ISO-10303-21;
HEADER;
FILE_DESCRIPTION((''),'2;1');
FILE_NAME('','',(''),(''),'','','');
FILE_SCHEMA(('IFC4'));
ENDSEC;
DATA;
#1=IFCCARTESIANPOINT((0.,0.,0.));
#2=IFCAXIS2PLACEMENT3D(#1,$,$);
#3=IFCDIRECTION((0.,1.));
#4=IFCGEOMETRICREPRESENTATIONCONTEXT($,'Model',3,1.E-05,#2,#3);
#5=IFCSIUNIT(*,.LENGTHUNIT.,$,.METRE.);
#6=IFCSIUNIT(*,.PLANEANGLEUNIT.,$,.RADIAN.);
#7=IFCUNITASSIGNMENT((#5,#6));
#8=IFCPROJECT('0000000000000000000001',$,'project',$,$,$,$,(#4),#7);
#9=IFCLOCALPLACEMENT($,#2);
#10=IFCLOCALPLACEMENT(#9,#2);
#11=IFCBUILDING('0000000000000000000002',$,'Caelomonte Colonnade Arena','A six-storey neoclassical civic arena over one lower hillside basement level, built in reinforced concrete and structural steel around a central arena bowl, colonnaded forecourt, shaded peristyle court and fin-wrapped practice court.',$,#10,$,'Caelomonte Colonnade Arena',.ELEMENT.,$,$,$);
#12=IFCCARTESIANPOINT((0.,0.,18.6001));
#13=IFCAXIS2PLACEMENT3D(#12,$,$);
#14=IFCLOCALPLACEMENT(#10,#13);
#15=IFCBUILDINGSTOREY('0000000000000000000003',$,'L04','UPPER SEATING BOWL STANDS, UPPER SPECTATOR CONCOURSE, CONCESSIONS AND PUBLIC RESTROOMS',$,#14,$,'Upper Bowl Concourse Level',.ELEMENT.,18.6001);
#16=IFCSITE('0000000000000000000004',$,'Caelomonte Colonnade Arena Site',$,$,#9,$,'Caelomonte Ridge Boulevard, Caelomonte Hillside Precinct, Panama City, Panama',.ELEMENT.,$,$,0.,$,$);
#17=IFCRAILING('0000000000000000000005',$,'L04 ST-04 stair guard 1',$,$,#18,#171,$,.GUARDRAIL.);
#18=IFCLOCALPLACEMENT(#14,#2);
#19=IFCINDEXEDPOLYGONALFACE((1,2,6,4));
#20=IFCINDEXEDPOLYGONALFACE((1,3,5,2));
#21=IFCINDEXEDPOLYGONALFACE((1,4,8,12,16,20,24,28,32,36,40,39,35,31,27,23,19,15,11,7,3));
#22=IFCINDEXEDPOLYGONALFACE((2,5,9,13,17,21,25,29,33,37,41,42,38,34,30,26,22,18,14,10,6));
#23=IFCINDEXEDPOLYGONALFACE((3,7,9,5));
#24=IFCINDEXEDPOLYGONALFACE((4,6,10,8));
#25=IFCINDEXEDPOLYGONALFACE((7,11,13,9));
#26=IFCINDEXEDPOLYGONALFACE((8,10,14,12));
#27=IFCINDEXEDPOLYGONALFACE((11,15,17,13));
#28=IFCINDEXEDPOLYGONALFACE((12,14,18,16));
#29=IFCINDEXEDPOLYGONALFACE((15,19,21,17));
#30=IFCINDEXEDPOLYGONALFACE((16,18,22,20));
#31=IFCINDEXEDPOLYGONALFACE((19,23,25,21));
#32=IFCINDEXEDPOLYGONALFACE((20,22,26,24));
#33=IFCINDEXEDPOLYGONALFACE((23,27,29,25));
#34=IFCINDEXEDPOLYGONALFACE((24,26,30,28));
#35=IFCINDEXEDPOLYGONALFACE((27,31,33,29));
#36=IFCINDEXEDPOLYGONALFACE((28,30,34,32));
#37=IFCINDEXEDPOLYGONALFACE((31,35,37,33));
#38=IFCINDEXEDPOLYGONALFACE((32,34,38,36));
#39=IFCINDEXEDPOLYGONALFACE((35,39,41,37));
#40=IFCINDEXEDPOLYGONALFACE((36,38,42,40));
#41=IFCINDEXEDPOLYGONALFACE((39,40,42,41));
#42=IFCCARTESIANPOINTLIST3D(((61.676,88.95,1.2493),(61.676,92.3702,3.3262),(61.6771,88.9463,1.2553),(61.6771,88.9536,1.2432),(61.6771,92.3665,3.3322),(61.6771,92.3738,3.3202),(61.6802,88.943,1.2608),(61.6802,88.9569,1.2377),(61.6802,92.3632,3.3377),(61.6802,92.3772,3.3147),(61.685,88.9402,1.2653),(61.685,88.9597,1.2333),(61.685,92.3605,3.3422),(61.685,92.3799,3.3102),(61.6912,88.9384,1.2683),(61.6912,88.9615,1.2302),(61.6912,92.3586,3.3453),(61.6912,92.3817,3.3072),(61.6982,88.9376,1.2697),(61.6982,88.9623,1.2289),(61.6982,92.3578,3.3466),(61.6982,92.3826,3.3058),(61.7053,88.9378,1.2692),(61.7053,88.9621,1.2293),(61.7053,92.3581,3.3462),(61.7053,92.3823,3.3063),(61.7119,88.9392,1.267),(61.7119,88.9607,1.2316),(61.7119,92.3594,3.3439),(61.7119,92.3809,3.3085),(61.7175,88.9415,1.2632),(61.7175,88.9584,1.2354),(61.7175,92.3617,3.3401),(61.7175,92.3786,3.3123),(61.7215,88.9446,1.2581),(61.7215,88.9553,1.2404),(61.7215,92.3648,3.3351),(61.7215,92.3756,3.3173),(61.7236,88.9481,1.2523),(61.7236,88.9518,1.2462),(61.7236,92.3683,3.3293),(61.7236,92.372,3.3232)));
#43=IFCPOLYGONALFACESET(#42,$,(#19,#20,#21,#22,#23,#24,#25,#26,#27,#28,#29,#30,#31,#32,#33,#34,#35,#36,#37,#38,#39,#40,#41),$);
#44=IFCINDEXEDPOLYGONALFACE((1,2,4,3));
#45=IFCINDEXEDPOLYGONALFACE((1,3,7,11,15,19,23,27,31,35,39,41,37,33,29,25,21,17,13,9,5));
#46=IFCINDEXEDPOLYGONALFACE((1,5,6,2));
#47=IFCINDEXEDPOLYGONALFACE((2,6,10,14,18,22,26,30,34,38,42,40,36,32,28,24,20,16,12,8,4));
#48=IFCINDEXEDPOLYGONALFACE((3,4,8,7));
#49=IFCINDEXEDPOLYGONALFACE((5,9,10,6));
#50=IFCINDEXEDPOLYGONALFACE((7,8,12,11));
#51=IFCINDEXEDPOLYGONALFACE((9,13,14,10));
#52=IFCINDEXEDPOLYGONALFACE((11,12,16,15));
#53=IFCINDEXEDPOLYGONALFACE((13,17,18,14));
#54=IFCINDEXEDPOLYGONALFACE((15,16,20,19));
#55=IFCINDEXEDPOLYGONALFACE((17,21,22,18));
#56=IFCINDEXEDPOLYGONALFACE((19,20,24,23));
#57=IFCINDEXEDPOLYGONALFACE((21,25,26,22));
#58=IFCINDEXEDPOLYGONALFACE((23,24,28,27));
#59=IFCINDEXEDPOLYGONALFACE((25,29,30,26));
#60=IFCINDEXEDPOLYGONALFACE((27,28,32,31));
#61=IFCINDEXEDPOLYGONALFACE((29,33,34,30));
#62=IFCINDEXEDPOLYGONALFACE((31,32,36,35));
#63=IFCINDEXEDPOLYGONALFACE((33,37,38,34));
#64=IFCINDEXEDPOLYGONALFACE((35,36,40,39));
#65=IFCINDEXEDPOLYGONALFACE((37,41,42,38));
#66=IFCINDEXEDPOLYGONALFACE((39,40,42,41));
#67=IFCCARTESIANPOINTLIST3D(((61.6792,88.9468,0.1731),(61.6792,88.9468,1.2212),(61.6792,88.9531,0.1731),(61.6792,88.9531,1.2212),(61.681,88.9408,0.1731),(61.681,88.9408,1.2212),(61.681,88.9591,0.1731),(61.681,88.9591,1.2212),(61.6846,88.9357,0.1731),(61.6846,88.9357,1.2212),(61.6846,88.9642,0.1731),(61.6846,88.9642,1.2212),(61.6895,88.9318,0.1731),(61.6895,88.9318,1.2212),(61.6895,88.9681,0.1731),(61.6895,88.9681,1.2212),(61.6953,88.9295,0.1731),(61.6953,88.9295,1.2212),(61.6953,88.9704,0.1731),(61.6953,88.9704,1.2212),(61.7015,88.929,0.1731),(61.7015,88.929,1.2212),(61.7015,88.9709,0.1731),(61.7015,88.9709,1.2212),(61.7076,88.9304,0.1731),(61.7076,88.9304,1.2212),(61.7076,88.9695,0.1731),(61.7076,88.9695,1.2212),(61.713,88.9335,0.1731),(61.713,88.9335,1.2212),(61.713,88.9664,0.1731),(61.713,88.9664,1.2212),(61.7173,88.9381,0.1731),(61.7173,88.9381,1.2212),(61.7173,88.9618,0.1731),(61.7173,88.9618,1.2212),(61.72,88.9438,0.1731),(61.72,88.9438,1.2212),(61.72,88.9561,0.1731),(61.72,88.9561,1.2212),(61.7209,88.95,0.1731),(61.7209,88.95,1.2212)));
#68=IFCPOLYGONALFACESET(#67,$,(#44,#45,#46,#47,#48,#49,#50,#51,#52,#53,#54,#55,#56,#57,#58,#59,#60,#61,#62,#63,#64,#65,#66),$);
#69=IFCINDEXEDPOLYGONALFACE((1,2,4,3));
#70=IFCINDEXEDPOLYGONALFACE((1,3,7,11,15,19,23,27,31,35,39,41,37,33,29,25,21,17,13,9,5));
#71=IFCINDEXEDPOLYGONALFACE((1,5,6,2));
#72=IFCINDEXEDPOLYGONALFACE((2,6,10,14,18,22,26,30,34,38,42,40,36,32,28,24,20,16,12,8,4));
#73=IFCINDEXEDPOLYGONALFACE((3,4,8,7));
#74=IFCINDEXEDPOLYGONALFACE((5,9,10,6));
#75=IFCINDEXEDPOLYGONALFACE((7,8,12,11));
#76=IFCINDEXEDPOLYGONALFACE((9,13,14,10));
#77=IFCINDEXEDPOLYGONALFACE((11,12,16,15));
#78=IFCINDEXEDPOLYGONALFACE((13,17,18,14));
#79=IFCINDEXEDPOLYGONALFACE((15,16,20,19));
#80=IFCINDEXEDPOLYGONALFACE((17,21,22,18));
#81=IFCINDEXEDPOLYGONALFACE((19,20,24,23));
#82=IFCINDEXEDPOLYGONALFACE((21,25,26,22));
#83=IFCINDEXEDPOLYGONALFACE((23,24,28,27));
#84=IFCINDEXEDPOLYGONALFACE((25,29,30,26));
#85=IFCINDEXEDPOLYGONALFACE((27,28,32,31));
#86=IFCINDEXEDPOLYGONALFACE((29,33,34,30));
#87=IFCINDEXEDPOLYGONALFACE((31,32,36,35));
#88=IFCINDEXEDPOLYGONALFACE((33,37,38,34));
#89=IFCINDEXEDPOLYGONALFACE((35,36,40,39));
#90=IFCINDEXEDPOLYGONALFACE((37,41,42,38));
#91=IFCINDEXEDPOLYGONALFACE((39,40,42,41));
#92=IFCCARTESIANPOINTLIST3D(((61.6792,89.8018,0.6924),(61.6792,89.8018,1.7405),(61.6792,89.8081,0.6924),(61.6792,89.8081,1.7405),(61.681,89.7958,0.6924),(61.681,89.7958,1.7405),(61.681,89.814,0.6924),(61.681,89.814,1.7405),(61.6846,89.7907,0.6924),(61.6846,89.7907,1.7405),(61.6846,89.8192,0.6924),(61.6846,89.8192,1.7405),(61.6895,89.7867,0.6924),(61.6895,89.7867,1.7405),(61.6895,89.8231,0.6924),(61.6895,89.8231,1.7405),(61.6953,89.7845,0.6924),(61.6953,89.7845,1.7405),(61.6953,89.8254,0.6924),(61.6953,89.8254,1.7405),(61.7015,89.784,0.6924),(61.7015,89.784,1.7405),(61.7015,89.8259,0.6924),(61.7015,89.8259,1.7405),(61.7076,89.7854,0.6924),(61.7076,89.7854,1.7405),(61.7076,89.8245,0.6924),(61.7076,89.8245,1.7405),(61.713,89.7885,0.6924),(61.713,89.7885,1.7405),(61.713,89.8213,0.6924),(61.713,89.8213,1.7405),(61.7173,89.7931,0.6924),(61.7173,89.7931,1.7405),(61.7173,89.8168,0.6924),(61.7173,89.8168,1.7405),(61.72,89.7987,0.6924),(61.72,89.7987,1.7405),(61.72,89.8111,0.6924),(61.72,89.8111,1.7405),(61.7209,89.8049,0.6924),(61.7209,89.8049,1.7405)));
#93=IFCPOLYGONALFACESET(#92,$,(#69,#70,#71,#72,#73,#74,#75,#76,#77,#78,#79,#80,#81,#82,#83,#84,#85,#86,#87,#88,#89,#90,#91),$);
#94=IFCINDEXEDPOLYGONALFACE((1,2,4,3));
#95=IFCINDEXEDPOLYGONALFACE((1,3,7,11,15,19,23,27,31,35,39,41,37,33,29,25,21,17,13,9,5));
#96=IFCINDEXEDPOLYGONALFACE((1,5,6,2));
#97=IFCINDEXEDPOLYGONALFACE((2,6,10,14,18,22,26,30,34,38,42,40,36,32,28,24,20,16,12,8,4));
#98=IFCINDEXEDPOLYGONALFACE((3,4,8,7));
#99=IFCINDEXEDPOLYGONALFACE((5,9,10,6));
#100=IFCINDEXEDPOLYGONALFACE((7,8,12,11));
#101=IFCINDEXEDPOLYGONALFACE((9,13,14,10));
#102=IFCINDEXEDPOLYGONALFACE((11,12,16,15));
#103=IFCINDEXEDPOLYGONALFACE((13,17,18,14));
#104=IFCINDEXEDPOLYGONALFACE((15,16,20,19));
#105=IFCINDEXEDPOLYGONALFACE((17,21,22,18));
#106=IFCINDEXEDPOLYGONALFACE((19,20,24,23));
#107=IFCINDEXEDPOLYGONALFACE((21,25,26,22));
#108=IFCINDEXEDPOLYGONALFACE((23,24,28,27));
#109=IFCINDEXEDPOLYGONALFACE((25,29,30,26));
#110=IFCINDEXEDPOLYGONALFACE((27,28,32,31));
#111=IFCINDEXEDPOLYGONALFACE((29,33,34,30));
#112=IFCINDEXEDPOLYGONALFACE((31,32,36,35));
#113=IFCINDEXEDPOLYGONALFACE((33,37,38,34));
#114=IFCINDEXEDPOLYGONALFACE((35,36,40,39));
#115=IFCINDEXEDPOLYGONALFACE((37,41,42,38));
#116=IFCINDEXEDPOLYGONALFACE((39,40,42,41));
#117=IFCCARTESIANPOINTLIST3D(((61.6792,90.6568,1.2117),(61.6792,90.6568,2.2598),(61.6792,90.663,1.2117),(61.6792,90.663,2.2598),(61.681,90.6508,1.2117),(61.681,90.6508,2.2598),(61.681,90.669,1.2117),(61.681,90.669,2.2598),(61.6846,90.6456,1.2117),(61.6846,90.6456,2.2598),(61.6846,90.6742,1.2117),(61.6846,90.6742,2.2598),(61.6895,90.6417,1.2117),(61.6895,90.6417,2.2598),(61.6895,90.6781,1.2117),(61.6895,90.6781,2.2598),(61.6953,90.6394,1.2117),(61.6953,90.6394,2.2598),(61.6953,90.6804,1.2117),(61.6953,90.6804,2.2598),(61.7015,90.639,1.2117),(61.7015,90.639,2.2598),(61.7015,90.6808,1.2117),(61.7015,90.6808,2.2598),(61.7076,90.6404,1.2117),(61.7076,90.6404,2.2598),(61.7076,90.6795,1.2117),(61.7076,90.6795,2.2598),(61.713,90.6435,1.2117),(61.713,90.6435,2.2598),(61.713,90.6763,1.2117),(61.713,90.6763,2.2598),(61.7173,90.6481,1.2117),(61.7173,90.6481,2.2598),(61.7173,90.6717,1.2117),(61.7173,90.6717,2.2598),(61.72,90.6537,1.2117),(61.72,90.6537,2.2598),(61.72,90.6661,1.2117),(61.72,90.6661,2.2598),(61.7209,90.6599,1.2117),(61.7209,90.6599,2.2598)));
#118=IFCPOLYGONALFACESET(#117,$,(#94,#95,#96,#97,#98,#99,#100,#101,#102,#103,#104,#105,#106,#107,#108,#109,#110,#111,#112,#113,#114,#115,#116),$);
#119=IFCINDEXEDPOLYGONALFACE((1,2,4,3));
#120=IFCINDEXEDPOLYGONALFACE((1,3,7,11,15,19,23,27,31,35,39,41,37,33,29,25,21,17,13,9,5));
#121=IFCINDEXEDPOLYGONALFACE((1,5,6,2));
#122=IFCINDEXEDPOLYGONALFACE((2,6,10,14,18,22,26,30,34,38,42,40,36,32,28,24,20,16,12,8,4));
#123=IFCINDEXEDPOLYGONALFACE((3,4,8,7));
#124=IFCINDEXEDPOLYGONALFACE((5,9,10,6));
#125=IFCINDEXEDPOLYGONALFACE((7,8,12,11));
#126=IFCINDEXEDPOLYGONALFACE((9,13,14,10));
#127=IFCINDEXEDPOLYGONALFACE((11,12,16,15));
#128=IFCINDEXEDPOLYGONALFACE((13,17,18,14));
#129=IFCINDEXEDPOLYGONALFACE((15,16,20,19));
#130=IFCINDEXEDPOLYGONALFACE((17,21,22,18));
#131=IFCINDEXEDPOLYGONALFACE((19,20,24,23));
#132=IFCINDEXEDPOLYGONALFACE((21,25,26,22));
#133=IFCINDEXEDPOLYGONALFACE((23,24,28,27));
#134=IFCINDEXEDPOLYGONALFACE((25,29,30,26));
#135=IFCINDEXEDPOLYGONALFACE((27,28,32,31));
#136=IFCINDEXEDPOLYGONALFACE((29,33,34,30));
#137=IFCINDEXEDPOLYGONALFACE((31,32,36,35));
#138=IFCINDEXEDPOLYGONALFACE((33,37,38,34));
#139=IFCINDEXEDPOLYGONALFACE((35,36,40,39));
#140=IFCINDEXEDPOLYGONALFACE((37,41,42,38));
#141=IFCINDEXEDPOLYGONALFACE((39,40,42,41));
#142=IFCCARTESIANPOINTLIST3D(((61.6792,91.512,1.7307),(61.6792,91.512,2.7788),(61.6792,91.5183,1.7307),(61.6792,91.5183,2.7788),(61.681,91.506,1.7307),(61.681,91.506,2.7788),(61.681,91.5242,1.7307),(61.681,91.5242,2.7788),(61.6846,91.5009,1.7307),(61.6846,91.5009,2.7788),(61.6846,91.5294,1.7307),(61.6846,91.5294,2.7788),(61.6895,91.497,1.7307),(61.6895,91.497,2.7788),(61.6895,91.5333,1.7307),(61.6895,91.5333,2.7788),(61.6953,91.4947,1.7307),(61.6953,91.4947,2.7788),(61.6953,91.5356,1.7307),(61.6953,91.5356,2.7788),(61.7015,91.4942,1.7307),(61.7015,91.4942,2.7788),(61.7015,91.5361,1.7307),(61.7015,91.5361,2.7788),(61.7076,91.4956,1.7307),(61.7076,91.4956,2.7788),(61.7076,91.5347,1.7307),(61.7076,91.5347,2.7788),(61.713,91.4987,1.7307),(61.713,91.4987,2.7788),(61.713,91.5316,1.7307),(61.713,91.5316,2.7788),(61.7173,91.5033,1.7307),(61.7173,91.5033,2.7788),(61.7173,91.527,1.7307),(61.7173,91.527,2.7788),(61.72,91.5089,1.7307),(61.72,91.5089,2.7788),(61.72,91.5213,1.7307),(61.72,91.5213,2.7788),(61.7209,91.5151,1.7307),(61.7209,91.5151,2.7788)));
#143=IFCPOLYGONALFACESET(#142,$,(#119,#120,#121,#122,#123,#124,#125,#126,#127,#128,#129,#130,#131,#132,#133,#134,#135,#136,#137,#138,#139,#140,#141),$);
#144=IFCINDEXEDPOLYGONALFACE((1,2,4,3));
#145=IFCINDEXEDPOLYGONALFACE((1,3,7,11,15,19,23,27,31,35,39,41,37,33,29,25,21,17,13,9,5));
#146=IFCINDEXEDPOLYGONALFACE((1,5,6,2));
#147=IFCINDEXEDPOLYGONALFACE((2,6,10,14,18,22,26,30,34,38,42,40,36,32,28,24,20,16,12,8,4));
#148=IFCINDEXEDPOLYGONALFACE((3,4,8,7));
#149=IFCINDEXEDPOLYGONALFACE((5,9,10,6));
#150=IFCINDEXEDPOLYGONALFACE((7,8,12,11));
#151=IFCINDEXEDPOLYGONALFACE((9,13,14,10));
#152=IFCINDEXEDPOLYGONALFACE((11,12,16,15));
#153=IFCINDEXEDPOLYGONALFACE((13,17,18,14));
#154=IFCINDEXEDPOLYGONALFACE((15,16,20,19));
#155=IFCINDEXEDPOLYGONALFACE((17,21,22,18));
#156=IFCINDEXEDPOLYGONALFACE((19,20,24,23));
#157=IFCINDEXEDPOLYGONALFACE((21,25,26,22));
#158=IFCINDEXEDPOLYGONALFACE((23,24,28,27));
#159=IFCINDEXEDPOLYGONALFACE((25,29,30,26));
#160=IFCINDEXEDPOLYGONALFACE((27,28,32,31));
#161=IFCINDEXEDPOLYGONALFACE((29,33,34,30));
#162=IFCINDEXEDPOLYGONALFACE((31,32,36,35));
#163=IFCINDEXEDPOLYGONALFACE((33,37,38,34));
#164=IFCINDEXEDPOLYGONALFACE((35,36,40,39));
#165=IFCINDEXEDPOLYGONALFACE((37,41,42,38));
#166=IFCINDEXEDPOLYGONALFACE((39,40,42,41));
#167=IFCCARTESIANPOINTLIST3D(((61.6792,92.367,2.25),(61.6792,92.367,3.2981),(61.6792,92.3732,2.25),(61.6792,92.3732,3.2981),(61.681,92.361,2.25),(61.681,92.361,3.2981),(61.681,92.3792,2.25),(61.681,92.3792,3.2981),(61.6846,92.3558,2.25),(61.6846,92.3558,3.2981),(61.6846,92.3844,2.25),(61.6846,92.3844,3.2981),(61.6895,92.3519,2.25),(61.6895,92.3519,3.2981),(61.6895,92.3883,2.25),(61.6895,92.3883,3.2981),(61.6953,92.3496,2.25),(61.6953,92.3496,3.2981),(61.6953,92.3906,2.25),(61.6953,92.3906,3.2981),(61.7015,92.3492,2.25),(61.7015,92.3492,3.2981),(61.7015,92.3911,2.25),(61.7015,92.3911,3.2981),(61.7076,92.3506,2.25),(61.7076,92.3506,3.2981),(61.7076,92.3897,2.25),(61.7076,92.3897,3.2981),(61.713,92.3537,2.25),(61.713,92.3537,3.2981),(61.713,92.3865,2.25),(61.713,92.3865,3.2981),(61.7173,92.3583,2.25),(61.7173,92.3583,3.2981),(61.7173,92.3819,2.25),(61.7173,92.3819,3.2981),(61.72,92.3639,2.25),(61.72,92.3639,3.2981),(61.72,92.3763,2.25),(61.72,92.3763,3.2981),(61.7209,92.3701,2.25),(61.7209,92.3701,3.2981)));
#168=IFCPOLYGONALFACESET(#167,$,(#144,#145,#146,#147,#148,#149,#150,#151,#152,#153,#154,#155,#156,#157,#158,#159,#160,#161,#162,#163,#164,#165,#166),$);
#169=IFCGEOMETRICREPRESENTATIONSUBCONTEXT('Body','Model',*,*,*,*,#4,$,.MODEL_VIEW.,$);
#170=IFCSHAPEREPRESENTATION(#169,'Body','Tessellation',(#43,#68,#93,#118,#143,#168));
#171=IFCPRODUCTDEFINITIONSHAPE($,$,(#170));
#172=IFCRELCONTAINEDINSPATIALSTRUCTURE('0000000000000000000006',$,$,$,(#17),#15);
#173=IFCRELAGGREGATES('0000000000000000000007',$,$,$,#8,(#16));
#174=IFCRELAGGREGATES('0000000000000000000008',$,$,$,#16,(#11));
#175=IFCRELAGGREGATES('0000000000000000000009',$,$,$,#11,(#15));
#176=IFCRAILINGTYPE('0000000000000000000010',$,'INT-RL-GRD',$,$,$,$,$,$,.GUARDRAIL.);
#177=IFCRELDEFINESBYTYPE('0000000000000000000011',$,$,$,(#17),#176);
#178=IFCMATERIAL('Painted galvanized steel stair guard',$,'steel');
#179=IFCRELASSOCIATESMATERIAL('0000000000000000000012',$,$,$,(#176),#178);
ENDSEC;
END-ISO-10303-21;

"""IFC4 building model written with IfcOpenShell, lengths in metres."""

from ifc_helpers import new_model, si_unit, direction, frame, origin, origin_2d, place, context, subcontext, project, spatial, circle, extrude, material, type_object, element, save


model = new_model("IFC4")

# Units and contexts
model_context = context("Model", 3, precision=1e-05, world=origin(), true_north=direction((0.0, 1.0)))
body_context = subcontext(model_context, "Body", "Model", "MODEL_VIEW")
ifc_project = project(units=[si_unit("LENGTHUNIT", "METRE"), si_unit("PLANEANGLEUNIT", "RADIAN")], contexts=[model_context])

# Site, building, storey
site_placement = place(None, origin())
site = spatial("IfcSite", under=ifc_project, at=site_placement, Name="Caelomonte Colonnade Arena Site", LongName="Caelomonte Ridge Boulevard, Caelomonte Hillside Precinct, Panama City, Panama", CompositionType="ELEMENT", RefElevation=0.0)
building_placement = place(site_placement, origin())
building = spatial("IfcBuilding", under=site, at=building_placement, Name="Caelomonte Colonnade Arena", Description="A six-storey neoclassical civic arena over one lower hillside basement level, built in reinforced concrete and structural steel around a central arena bowl, colonnaded forecourt, shaded peristyle court and fin-wrapped practice court.", LongName="Caelomonte Colonnade Arena", CompositionType="ELEMENT")
storey_placement = place(building_placement, frame((0.0, 0.0, 18.6001)))
storey = spatial("IfcBuildingStorey", under=building, at=storey_placement, Name="L04", Description="UPPER SEATING BOWL STANDS, UPPER SPECTATOR CONCOURSE, CONCESSIONS AND PUBLIC RESTROOMS", LongName="Upper Bowl Concourse Level", CompositionType="ELEMENT", Elevation=18.6001)

# Railing
ifc_material_1 = material(Name="Painted galvanized steel stair guard", Category="steel")
railing_type_1 = type_object("IfcRailingType", Name="INT-RL-GRD", PredefinedType="GUARDRAIL", material=ifc_material_1)
railing_1_placement = place(storey_placement, frame((61.7, 88.95, 0.1731)))
element("IfcRailing", 1, at=railing_1_placement, inside=storey, type_object=railing_type_1, Name="L04 ST-04 stair guard 1", PredefinedType="GUARDRAIL", context=body_context, shape_type="SweptSolid", body=[
    extrude(circle(Radius=0.0239, at=origin_2d()), frame((0.0, 0.0, 1.0762), z_axis=(0.0, 0.854746, 0.519047), x_axis=(-1.0, 0.0, 0.0)), (0.0, 0.0, 1.0), 4.0015),
    extrude(circle(Radius=0.021, at=origin_2d()), origin(), (0.0, 0.0, 1.0), 1.0481),
    extrude(circle(Radius=0.021, at=origin_2d()), frame((0.0, 0.855, 0.5193)), (0.0, 0.0, 1.0), 1.0481),
    extrude(circle(Radius=0.021, at=origin_2d()), frame((0.0, 1.71, 1.0386)), (0.0, 0.0, 1.0), 1.0481),
    extrude(circle(Radius=0.021, at=origin_2d()), frame((0.0, 2.5652, 1.5576)), (0.0, 0.0, 1.0), 1.0481),
    extrude(circle(Radius=0.021, at=origin_2d()), frame((0.0, 3.4202, 2.0769)), (0.0, 0.0, 1.0), 1.0481),
])

save(model, "model.ifc")
